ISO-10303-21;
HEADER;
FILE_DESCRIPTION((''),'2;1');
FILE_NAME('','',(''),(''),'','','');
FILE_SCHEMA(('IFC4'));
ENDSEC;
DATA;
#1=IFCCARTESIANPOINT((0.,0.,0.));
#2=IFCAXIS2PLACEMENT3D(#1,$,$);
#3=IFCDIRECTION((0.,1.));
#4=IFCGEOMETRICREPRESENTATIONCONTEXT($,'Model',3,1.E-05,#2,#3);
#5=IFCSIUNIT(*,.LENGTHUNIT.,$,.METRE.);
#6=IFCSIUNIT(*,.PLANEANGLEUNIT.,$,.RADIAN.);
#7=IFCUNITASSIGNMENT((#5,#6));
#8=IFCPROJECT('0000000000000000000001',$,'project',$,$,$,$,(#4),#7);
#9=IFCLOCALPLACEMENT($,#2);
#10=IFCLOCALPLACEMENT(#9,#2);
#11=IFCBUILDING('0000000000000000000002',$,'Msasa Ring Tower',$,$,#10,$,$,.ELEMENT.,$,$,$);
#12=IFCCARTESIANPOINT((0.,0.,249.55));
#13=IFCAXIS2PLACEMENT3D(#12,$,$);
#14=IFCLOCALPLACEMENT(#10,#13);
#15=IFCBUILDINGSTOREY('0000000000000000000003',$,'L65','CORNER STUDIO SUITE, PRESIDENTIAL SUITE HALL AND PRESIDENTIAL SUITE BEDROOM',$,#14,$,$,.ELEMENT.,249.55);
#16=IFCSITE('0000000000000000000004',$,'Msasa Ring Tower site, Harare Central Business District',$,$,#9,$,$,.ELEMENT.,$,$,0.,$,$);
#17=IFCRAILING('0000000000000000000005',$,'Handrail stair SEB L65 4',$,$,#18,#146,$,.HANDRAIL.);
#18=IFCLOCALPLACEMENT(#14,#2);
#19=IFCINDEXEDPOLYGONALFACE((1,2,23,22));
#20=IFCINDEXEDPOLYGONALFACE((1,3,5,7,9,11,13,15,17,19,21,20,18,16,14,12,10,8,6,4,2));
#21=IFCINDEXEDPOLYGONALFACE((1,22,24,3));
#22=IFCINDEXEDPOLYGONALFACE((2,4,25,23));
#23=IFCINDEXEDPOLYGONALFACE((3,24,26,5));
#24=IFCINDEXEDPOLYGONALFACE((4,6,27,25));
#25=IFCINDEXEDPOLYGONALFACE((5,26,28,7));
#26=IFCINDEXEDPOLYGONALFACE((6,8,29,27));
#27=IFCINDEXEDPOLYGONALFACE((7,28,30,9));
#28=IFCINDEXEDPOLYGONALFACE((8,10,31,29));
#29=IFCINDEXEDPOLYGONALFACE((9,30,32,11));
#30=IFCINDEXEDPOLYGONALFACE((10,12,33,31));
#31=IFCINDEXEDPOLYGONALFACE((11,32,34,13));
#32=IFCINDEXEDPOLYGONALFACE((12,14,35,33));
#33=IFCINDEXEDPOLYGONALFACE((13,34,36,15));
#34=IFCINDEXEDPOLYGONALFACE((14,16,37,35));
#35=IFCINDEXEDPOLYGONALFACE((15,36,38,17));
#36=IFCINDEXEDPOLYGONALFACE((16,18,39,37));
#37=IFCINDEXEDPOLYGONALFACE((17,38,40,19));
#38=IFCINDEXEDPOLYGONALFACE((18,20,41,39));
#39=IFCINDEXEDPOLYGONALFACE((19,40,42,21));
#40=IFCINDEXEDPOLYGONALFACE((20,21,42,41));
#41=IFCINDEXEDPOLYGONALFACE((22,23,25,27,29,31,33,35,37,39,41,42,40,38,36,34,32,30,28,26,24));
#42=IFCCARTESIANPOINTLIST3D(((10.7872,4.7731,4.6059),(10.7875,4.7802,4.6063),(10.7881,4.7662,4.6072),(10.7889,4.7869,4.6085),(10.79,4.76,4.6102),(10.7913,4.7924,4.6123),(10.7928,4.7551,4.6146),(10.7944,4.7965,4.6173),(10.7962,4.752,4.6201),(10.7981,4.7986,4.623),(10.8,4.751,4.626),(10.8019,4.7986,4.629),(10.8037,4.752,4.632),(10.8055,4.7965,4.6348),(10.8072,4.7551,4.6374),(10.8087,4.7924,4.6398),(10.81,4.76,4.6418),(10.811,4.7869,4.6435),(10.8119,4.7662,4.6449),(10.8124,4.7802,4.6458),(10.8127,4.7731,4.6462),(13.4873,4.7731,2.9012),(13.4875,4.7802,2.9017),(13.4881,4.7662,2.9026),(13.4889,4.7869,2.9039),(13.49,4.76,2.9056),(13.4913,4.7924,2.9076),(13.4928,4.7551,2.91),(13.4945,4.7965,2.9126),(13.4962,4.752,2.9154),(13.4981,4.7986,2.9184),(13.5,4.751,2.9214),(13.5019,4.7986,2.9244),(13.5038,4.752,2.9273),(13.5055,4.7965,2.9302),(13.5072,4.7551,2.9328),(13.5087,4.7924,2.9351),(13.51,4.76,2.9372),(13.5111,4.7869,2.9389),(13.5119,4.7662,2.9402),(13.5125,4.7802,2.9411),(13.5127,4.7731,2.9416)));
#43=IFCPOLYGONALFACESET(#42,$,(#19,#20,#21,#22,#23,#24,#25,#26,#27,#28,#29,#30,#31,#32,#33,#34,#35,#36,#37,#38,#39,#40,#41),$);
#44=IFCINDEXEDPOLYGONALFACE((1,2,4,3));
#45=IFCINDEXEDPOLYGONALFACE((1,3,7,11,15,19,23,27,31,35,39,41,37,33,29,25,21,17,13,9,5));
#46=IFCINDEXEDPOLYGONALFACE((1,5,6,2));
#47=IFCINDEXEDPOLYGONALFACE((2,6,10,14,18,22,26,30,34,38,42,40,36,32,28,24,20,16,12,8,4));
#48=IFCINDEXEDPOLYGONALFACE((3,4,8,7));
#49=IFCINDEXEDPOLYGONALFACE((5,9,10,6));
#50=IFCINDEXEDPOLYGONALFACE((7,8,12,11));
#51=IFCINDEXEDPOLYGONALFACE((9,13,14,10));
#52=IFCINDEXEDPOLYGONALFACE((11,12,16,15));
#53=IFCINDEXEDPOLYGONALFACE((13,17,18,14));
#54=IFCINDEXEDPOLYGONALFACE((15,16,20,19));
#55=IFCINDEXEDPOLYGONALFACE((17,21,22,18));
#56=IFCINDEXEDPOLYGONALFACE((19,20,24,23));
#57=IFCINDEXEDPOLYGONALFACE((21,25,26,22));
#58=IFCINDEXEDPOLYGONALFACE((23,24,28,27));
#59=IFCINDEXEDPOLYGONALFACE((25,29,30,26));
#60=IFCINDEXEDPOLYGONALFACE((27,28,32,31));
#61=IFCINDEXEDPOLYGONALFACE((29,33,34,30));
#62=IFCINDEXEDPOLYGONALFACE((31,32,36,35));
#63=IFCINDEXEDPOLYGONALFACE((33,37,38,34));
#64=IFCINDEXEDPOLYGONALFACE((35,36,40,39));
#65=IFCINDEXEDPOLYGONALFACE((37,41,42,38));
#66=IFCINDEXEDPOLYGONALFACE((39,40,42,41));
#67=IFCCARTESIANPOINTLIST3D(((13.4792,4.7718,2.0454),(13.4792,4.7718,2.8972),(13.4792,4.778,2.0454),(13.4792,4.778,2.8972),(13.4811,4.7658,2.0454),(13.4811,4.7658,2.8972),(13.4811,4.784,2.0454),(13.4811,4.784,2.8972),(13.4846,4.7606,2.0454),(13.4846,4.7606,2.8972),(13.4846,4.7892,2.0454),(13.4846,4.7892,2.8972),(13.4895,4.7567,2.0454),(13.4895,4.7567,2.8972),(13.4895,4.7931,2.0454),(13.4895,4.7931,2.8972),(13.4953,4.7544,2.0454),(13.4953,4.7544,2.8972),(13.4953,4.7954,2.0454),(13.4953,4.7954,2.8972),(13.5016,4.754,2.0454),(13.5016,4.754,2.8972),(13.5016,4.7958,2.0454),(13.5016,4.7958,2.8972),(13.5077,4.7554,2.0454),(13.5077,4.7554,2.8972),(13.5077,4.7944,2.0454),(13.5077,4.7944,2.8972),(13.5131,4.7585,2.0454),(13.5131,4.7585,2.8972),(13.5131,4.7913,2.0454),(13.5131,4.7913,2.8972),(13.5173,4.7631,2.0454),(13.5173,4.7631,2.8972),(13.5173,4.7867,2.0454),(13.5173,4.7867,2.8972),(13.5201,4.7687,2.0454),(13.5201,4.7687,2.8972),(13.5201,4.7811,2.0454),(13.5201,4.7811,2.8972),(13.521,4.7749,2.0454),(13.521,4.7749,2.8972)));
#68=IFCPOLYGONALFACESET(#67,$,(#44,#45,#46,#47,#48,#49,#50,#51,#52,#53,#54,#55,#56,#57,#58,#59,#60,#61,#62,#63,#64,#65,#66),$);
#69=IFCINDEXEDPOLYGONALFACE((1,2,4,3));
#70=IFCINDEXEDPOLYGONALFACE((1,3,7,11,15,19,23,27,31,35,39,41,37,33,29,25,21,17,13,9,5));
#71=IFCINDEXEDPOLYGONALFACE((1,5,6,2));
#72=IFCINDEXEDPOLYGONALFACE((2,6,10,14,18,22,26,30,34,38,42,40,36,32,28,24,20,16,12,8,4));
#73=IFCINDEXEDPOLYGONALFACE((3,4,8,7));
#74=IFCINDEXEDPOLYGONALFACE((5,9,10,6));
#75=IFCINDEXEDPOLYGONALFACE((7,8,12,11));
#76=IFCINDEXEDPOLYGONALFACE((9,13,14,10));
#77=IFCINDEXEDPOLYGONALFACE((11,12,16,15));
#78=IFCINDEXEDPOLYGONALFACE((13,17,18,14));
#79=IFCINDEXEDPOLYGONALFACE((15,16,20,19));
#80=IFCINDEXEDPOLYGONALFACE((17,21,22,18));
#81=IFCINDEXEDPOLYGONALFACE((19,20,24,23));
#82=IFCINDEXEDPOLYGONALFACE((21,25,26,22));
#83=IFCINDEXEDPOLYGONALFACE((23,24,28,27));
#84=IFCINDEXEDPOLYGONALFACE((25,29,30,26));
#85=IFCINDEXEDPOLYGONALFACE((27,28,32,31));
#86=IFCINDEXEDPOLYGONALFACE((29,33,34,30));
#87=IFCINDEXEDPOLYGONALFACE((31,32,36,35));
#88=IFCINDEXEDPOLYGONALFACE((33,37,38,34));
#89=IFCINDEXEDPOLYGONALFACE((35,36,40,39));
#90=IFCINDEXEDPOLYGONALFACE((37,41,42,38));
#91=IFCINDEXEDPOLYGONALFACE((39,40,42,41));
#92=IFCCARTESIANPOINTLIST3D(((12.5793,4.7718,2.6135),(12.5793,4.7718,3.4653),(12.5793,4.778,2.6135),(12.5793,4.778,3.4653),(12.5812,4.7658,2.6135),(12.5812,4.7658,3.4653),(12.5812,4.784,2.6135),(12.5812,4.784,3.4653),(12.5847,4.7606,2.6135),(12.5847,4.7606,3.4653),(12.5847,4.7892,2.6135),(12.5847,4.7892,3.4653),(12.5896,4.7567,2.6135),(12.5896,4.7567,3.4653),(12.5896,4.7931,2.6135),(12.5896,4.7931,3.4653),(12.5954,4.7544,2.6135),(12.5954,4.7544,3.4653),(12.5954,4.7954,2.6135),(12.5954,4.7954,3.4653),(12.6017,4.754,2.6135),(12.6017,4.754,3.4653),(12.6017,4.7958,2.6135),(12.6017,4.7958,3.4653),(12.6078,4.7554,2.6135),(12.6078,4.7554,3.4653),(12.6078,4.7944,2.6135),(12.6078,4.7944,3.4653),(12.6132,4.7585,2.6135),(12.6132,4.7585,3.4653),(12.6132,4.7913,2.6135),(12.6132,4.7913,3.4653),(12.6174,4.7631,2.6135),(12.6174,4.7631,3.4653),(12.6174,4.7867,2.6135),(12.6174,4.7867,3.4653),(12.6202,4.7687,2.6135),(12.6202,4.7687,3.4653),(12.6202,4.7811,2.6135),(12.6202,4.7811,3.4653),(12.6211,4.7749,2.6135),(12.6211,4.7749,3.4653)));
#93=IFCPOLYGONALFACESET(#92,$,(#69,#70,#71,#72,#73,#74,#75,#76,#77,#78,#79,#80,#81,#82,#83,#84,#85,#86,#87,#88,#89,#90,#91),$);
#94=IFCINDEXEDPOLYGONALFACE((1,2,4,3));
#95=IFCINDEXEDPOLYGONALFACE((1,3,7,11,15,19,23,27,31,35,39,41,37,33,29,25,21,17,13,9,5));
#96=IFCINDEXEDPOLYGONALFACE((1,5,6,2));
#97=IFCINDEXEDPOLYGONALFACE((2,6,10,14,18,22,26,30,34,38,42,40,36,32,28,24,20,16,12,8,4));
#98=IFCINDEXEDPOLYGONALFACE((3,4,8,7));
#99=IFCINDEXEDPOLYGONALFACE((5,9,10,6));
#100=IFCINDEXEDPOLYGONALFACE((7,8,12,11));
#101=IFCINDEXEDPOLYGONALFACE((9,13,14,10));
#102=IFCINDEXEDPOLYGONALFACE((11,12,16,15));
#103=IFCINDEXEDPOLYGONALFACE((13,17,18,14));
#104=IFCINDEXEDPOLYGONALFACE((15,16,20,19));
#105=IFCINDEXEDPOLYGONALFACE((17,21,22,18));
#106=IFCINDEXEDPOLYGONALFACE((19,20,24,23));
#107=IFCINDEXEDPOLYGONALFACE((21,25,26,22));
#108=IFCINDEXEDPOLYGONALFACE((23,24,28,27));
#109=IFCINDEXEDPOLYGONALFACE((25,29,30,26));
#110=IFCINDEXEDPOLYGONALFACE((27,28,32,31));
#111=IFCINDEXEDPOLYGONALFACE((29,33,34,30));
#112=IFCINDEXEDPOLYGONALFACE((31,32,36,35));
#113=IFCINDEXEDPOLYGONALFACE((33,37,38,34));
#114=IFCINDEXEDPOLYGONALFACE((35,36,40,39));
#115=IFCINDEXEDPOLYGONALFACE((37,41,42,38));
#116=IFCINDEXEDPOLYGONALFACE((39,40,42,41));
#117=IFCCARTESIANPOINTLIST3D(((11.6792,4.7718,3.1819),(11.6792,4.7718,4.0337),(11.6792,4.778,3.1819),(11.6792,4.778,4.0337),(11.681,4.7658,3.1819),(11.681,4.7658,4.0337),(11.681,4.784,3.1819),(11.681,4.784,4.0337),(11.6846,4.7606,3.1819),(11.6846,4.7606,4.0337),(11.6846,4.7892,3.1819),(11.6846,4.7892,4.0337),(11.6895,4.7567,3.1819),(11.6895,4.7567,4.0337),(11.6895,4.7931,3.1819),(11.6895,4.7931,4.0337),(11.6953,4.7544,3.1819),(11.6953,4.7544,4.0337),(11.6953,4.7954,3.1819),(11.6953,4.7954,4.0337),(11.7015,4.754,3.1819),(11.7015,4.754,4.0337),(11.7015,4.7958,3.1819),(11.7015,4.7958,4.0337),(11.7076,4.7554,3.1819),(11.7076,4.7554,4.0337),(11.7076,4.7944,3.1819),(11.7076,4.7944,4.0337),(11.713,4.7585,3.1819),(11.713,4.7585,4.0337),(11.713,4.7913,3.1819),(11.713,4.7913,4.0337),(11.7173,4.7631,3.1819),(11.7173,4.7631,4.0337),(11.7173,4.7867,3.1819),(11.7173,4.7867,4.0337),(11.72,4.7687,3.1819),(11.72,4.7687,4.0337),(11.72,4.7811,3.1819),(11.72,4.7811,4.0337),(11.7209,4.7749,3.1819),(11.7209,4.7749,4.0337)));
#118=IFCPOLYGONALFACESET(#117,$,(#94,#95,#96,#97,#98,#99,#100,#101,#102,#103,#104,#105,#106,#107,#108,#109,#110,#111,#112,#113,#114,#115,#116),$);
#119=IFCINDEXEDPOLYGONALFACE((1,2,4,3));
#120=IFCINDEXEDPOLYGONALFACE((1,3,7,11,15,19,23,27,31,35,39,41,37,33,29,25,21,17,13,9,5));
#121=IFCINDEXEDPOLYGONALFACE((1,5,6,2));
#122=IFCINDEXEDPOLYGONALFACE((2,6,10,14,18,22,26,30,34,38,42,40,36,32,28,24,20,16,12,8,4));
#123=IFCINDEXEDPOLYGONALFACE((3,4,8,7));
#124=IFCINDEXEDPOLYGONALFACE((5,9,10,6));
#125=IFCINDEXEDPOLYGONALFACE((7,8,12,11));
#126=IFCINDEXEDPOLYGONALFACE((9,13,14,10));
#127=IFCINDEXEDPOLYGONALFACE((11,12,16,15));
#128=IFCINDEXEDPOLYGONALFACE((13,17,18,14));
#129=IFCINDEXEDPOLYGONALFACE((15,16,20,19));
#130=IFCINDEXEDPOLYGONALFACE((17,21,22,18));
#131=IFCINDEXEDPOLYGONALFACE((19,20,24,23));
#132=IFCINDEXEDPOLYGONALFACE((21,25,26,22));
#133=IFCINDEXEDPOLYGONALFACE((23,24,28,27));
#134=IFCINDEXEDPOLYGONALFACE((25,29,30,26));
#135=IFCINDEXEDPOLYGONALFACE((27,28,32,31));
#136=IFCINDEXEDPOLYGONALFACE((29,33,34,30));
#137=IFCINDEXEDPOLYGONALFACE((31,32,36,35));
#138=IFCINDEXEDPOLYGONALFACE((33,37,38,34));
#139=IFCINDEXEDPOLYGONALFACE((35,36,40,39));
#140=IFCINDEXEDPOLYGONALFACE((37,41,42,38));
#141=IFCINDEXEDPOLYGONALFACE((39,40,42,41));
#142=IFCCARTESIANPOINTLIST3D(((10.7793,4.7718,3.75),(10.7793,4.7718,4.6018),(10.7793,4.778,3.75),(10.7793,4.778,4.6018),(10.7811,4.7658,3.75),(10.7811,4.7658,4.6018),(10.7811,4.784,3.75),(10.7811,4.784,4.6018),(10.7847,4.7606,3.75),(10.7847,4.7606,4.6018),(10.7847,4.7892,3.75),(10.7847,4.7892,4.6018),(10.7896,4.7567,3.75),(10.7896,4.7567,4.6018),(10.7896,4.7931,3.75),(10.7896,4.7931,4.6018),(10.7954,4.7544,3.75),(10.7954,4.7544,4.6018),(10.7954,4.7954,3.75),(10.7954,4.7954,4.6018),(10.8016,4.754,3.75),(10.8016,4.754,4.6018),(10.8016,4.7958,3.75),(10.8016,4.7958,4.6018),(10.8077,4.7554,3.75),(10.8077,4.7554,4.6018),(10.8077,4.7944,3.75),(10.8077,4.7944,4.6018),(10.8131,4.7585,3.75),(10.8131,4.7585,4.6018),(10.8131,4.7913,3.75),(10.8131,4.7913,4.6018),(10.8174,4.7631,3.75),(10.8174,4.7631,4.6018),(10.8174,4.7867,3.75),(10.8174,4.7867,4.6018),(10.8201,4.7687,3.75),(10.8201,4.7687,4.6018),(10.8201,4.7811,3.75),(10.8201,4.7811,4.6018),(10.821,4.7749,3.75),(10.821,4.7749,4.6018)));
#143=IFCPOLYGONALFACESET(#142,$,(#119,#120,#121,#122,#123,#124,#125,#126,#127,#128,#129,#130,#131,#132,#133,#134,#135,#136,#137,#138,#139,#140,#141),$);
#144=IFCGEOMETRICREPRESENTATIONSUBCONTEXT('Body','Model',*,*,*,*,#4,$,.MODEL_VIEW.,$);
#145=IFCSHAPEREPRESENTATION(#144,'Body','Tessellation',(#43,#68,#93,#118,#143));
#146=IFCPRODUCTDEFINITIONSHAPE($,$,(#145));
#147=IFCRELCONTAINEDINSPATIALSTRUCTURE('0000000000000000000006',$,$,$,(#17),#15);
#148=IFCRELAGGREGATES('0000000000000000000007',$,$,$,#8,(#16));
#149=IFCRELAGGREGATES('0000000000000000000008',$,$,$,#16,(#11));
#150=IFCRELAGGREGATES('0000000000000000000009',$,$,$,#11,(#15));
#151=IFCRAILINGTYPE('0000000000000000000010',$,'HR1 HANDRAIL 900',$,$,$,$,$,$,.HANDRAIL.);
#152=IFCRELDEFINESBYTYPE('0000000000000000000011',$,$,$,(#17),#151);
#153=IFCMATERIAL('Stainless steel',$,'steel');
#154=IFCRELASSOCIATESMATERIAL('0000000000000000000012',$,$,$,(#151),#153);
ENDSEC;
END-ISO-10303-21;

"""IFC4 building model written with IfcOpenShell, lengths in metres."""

from ifc_helpers import new_model, si_unit, direction, frame, origin, origin_2d, place, context, subcontext, project, spatial, circle, extrude, material, type_object, element, save


model = new_model("IFC4")

# Units and contexts
model_context = context("Model", 3, precision=1e-05, world=origin(), true_north=direction((0.0, 1.0)))
body_context = subcontext(model_context, "Body", "Model", "MODEL_VIEW")
ifc_project = project(units=[si_unit("LENGTHUNIT", "METRE"), si_unit("PLANEANGLEUNIT", "RADIAN")], contexts=[model_context])

# Site, building, storey
site_placement = place(None, origin())
site = spatial("IfcSite", under=ifc_project, at=site_placement, Name="Msasa Ring Tower site, Harare Central Business District", CompositionType="ELEMENT", RefElevation=0.0)
building_placement = place(site_placement, origin())
building = spatial("IfcBuilding", under=site, at=building_placement, Name="Msasa Ring Tower", CompositionType="ELEMENT")
storey_placement = place(building_placement, frame((0.0, 0.0, 249.55)))
storey = spatial("IfcBuildingStorey", under=building, at=storey_placement, Name="L65", Description="CORNER STUDIO SUITE, PRESIDENTIAL SUITE HALL AND PRESIDENTIAL SUITE BEDROOM", CompositionType="ELEMENT", Elevation=249.55)

# Railing
ifc_material_1 = material(Name="Stainless steel", Category="steel")
railing_type = type_object("IfcRailingType", Name="HR1 HANDRAIL 900", PredefinedType="HANDRAIL", material=ifc_material_1)
for number, where, name in (
    (1, (13.5, 4.7749, 2.0454), "Handrail stair SEB L65 4"),
):
    element("IfcRailing", number, at=place(storey_placement, frame(where)), inside=storey, type_object=railing_type, Name=name, PredefinedType="HANDRAIL", context=body_context, shape_type="SweptSolid", body=[
        extrude(circle(Radius=0.0239, at=origin_2d()), frame((0.0, 0.0, 0.876), z_axis=(-0.84558, 0.0, 0.533849), x_axis=(0.0, -1.0, 0.0)), (0.0, 0.0, 1.0), 3.1931),
        extrude(circle(Radius=0.021, at=origin_2d()), origin(), (0.0, 0.0, 1.0), 0.8518),
        extrude(circle(Radius=0.021, at=origin_2d()), frame((-0.8999, 0.0, 0.5681)), (0.0, 0.0, 1.0), 0.8518),
        extrude(circle(Radius=0.021, at=origin_2d()), frame((-1.8, 0.0, 1.1365)), (0.0, 0.0, 1.0), 0.8518),
        extrude(circle(Radius=0.021, at=origin_2d()), frame((-2.7, 0.0, 1.7046)), (0.0, 0.0, 1.0), 0.8518),
    ])

save(model, "model.ifc")
